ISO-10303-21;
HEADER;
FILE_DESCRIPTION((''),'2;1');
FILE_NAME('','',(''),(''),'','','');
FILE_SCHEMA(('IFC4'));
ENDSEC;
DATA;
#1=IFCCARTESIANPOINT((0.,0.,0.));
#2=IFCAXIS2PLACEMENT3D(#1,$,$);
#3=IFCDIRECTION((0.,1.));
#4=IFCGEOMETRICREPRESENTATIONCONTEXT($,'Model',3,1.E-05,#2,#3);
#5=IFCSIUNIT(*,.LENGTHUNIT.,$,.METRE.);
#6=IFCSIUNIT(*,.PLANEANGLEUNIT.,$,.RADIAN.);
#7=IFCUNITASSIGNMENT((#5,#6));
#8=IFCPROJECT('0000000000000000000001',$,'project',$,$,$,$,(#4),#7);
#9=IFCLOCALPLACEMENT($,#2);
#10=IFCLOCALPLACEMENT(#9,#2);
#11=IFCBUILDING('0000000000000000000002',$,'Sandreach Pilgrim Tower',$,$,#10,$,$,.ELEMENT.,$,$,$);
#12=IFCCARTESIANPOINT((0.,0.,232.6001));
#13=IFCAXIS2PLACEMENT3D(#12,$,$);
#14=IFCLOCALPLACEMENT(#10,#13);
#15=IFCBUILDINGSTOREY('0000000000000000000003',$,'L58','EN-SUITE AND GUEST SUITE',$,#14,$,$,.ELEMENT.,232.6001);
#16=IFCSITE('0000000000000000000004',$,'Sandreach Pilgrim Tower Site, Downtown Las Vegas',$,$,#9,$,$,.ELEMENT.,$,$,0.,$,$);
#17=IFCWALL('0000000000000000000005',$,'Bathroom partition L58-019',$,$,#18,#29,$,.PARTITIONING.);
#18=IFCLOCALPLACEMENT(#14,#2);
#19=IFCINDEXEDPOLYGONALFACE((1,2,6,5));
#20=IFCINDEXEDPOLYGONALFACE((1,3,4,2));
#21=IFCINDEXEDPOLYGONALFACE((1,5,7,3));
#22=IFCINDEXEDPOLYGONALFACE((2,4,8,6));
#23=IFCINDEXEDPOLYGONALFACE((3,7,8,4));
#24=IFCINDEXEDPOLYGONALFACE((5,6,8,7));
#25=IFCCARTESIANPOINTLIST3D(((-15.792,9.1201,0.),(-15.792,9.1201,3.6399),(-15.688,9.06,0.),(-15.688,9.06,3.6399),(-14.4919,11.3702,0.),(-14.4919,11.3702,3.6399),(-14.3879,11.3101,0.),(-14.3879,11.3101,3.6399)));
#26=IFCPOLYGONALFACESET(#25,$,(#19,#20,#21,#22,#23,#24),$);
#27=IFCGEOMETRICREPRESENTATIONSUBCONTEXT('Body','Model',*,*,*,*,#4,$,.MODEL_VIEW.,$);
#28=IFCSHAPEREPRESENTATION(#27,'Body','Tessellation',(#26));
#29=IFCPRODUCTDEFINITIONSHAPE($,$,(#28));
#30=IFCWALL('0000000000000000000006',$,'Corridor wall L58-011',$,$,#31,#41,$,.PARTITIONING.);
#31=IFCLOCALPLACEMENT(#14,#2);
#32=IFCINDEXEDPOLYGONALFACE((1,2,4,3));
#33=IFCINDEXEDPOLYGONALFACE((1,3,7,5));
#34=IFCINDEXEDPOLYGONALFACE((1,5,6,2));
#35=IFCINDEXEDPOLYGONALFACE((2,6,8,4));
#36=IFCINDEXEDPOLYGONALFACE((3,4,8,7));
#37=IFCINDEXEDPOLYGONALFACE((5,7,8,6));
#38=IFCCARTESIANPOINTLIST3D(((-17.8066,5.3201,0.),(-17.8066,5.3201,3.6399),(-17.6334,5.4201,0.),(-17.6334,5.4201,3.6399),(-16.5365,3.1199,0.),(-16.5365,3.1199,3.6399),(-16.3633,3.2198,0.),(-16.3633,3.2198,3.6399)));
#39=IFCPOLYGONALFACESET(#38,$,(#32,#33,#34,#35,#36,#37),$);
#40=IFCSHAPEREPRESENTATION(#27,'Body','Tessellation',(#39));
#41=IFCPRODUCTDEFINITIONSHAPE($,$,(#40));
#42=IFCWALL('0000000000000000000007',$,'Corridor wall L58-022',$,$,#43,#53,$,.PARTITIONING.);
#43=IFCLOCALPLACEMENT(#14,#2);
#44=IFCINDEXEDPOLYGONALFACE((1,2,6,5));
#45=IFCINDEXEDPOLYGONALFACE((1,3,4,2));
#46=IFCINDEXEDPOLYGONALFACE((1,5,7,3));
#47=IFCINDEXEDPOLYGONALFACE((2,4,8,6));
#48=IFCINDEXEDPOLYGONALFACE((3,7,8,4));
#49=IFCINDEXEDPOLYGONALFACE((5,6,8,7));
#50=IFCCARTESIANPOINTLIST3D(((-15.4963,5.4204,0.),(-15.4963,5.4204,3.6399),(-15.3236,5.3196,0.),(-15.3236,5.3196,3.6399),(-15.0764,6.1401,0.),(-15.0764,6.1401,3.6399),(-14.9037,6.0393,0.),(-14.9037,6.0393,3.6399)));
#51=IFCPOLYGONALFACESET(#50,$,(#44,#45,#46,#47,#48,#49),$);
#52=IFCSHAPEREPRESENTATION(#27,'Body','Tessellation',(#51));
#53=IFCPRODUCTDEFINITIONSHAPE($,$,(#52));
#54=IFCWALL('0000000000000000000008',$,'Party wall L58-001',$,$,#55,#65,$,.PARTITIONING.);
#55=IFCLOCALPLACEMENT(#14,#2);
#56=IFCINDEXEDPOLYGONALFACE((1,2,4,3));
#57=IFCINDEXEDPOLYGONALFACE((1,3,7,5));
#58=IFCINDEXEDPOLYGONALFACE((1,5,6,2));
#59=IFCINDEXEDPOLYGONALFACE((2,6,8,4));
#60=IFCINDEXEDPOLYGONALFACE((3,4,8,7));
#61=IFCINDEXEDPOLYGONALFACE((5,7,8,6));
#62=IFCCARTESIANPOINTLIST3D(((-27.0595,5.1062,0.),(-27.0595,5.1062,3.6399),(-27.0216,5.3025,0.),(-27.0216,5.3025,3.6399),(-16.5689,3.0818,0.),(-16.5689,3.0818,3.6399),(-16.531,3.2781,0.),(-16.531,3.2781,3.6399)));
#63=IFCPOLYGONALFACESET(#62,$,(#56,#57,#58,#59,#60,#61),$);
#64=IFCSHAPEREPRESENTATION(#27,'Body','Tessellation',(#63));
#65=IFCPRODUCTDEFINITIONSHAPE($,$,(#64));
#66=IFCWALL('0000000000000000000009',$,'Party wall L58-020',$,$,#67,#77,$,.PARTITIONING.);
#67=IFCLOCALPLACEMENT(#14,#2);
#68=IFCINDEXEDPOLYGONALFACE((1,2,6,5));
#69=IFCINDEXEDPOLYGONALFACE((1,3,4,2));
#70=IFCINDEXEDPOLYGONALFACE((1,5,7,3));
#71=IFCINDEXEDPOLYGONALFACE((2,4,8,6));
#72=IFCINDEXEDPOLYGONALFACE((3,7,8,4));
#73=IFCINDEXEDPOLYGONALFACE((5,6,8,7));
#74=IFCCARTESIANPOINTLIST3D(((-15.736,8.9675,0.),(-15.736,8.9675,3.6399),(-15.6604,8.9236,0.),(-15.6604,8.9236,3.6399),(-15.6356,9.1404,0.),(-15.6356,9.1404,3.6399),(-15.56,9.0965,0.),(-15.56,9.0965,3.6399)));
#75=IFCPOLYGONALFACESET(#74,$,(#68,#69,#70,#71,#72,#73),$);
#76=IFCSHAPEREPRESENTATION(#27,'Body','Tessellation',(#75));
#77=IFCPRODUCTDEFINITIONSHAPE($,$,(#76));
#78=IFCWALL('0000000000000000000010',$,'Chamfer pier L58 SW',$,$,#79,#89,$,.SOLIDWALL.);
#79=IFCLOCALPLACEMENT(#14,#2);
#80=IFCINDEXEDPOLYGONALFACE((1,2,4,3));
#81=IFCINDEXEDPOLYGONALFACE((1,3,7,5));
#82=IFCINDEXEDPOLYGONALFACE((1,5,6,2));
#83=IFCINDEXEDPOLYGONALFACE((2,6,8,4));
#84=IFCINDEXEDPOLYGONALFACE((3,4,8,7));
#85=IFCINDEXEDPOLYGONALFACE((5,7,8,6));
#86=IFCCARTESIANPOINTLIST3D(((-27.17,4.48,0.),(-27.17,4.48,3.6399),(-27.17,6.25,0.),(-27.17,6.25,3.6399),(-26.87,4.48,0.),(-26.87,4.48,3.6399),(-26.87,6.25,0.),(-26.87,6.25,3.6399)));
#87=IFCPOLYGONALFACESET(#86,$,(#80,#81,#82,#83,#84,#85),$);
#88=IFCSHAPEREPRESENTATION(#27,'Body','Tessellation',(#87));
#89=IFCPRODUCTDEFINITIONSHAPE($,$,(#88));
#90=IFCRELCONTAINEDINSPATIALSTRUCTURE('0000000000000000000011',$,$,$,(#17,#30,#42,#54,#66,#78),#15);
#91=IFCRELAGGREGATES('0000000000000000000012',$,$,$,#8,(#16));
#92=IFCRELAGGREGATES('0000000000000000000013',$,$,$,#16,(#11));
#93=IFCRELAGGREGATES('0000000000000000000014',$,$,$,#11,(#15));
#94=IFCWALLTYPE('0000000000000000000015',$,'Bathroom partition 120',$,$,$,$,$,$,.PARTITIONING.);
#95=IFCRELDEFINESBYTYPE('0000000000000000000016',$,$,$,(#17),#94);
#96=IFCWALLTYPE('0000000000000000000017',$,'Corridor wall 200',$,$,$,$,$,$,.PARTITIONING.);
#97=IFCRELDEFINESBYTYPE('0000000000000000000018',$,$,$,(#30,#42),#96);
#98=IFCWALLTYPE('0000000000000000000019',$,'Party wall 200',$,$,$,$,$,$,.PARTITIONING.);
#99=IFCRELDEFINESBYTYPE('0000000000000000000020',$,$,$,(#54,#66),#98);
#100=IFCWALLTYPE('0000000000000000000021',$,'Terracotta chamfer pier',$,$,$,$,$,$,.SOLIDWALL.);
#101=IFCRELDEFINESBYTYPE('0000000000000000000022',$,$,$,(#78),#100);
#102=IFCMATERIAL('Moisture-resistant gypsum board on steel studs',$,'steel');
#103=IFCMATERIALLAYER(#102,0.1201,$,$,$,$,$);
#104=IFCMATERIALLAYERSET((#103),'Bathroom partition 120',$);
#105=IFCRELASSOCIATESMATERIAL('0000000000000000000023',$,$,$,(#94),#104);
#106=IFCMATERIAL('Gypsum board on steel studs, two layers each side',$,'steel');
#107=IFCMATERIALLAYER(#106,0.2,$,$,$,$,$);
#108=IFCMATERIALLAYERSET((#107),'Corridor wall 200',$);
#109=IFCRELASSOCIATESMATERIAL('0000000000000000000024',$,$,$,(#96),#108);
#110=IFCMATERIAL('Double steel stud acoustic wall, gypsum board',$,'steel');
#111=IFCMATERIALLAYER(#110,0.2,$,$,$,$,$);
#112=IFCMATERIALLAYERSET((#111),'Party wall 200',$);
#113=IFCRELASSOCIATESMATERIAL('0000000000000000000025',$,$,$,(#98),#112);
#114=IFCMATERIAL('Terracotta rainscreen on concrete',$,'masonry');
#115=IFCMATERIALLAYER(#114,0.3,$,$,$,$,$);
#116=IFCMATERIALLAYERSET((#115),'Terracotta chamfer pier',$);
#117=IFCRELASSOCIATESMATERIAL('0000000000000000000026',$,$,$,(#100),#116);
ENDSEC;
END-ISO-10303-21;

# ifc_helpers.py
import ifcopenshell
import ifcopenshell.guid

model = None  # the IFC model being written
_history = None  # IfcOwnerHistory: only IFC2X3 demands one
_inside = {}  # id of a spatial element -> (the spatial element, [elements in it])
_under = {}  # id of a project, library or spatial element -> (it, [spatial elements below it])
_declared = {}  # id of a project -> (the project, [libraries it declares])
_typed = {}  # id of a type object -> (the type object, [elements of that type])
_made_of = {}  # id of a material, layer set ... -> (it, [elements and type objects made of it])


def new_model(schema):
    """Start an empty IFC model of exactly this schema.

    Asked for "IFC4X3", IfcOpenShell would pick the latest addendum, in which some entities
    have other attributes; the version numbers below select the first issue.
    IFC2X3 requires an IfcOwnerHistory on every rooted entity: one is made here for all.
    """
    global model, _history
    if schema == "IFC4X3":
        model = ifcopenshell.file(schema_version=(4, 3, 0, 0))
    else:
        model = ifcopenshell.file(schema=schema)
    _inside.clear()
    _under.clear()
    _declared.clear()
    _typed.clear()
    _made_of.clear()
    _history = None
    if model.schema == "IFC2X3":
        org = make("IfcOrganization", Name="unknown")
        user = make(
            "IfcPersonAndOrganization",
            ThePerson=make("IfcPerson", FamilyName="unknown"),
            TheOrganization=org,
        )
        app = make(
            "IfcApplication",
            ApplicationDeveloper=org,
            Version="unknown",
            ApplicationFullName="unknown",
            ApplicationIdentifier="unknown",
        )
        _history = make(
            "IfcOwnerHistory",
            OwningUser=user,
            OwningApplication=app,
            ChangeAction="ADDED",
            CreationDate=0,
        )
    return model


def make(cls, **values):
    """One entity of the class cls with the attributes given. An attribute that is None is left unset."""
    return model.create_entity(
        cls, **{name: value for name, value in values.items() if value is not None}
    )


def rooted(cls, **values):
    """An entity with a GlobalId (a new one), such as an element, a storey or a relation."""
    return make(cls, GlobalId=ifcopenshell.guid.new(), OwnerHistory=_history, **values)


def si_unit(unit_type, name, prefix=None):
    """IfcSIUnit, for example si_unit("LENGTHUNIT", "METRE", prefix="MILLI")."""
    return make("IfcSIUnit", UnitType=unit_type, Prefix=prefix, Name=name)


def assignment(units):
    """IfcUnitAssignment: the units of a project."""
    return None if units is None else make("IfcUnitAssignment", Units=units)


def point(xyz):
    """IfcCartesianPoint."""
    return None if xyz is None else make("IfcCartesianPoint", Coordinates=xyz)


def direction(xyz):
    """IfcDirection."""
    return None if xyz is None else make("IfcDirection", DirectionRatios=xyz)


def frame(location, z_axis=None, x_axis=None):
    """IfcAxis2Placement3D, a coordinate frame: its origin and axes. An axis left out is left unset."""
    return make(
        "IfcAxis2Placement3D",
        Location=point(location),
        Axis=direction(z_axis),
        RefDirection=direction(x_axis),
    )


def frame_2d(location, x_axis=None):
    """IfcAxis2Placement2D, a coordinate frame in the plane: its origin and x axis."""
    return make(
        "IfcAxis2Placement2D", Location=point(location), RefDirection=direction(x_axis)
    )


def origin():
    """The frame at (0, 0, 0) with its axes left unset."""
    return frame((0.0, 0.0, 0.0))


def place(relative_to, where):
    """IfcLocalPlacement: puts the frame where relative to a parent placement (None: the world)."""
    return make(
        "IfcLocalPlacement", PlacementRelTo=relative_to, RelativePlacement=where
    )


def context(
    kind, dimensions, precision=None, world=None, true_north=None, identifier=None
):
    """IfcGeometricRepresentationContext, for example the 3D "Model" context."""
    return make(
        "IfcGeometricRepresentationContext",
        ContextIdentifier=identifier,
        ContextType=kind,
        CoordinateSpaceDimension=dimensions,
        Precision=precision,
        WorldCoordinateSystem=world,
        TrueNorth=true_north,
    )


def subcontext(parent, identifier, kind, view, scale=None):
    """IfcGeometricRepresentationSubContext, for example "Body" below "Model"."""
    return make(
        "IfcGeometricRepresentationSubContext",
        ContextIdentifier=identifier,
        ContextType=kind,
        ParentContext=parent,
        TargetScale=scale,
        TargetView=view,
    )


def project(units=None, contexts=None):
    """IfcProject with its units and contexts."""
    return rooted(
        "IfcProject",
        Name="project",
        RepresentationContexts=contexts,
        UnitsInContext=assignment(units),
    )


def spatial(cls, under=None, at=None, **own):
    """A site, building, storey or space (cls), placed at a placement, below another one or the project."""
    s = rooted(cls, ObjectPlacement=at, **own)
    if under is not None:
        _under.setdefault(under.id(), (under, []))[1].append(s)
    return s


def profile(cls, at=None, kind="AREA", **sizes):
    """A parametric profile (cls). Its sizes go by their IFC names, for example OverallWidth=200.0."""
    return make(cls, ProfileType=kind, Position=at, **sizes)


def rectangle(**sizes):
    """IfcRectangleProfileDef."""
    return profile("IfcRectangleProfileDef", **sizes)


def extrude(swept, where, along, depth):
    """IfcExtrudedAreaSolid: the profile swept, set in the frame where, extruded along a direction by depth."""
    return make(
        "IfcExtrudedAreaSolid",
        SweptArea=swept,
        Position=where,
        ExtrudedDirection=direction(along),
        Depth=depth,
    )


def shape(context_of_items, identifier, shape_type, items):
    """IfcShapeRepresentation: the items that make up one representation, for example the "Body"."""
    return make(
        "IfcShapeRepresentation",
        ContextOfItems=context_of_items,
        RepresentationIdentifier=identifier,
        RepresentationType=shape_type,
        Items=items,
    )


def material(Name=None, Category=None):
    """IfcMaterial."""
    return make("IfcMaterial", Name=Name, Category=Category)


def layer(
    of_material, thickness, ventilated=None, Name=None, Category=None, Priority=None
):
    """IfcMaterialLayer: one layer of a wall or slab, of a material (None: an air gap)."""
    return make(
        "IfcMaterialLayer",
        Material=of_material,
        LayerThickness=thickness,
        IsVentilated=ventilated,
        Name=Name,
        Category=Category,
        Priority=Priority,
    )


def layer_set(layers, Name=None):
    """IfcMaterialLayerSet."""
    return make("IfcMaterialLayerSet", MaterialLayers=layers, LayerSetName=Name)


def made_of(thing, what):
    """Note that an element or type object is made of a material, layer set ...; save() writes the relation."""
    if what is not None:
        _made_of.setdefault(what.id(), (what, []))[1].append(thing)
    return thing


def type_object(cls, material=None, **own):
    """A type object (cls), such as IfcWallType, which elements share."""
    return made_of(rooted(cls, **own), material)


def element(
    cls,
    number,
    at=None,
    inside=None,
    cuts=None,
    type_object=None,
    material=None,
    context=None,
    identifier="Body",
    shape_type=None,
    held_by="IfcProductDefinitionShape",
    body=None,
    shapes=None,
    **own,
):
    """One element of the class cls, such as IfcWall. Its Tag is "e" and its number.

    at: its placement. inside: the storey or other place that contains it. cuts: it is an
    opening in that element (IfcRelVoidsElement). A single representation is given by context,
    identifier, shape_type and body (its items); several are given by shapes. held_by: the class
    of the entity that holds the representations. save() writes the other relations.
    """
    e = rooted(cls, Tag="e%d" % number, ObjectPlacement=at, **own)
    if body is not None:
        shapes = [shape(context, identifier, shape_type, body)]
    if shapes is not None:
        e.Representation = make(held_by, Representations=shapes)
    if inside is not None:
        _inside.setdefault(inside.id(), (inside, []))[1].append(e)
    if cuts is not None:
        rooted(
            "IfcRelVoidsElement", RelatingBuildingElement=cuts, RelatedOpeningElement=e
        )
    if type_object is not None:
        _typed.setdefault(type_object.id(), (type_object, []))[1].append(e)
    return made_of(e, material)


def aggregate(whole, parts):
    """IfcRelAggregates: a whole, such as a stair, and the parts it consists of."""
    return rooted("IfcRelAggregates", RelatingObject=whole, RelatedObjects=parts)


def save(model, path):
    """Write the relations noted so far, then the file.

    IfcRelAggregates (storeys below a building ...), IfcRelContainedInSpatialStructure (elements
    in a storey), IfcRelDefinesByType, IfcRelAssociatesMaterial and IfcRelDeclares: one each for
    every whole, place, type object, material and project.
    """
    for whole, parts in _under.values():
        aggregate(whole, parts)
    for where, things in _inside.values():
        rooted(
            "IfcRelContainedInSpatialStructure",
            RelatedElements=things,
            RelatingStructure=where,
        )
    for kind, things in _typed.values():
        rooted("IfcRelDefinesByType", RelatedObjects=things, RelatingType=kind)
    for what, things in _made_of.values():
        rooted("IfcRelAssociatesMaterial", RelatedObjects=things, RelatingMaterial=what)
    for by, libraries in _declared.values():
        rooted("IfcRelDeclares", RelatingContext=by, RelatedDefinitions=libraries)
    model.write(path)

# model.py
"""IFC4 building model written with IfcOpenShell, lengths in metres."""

from ifc_helpers import new_model, si_unit, direction, frame, frame_2d, origin, place, context, subcontext, project, spatial, rectangle, extrude, material, layer, layer_set, type_object, element, save


model = new_model("IFC4")

# Units and contexts
model_context = context("Model", 3, precision=1e-05, world=origin(), true_north=direction((0.0, 1.0)))
body_context = subcontext(model_context, "Body", "Model", "MODEL_VIEW")
ifc_project = project(units=[si_unit("LENGTHUNIT", "METRE"), si_unit("PLANEANGLEUNIT", "RADIAN")], contexts=[model_context])

# Site, building, storey
site_placement = place(None, origin())
site = spatial("IfcSite", under=ifc_project, at=site_placement, Name="Sandreach Pilgrim Tower Site, Downtown Las Vegas", CompositionType="ELEMENT", RefElevation=0.0)
building_placement = place(site_placement, origin())
building = spatial("IfcBuilding", under=site, at=building_placement, Name="Sandreach Pilgrim Tower", CompositionType="ELEMENT")
storey_placement = place(building_placement, frame((0.0, 0.0, 232.6001)))
storey = spatial("IfcBuildingStorey", under=building, at=storey_placement, Name="L58", Description="EN-SUITE AND GUEST SUITE", CompositionType="ELEMENT", Elevation=232.6001)

# Walls
ifc_material_1 = material(Name="Moisture-resistant gypsum board on steel studs", Category="steel")
ifc_layer_1 = layer(ifc_material_1, 0.1201)
ifc_layer_set_1 = layer_set([ifc_layer_1], Name="Bathroom partition 120")
wall_type_1 = type_object("IfcWallType", Name="Bathroom partition 120", PredefinedType="PARTITIONING", material=ifc_layer_set_1)
wall_1_placement = place(storey_placement, frame((-15.74, 9.0901, 0.0), z_axis=(0.0, 0.0, 1.0), x_axis=(0.500292, 0.865857, 0.0)))
element("IfcWall", 1, at=wall_1_placement, inside=storey, type_object=wall_type_1, Name="Bathroom partition L58-019", PredefinedType="PARTITIONING", context=body_context, shape_type="SweptSolid", body=[
    extrude(rectangle(XDim=2.5986, YDim=0.1201, at=frame_2d((1.2993, 0.0))), origin(), (0.0, 0.0, 1.0), 3.6399),
])
ifc_material_2 = material(Name="Gypsum board on steel studs, two layers each side", Category="steel")
ifc_layer_2 = layer(ifc_material_2, 0.2)
ifc_layer_set_2 = layer_set([ifc_layer_2], Name="Corridor wall 200")
wall_type_2 = type_object("IfcWallType", Name="Corridor wall 200", PredefinedType="PARTITIONING", material=ifc_layer_set_2)
wall_2_placement = place(storey_placement, frame((-17.72, 5.3701, 0.0), z_axis=(0.0, 0.0, 1.0), x_axis=(0.499922, -0.86607, 0.0)))
element("IfcWall", 2, at=wall_2_placement, inside=storey, type_object=wall_type_2, Name="Corridor wall L58-011", PredefinedType="PARTITIONING", context=body_context, shape_type="SweptSolid", body=[
    extrude(rectangle(XDim=2.5405, YDim=0.2, at=frame_2d((1.2703, 0.0))), origin(), (0.0, 0.0, 1.0), 3.6399),
])

# Walls
wall_3_placement = place(storey_placement, frame((-15.4099, 5.3701, 0.0), z_axis=(0.0, 0.0, 1.0), x_axis=(0.503944, 0.863736, 0.0)))
element("IfcWall", 3, at=wall_3_placement, inside=storey, type_object=wall_type_2, Name="Corridor wall L58-022", PredefinedType="PARTITIONING", context=body_context, shape_type="SweptSolid", body=[
    extrude(rectangle(XDim=0.8333, YDim=0.2, at=frame_2d((0.4165, 0.0))), origin(), (0.0, 0.0, 1.0), 3.6399),
])
ifc_material_3 = material(Name="Double steel stud acoustic wall, gypsum board", Category="steel")
ifc_layer_3 = layer(ifc_material_3, 0.2)
ifc_layer_set_3 = layer_set([ifc_layer_3], Name="Party wall 200")
wall_type_3 = type_object("IfcWallType", Name="Party wall 200", PredefinedType="PARTITIONING", material=ifc_layer_set_3)
wall_4_placement = place(storey_placement, frame((-27.0405, 5.2043, 0.0), z_axis=(0.0, 0.0, 1.0), x_axis=(0.981884, -0.18948, 0.0)))
element("IfcWall", 4, at=wall_4_placement, inside=storey, type_object=wall_type_3, Name="Party wall L58-001", PredefinedType="PARTITIONING", context=body_context, shape_type="SweptSolid", body=[
    extrude(rectangle(XDim=10.6841, YDim=0.2, at=frame_2d((5.342, 0.0))), origin(), (0.0, 0.0, 1.0), 3.6399),
])
wall_5_placement = place(storey_placement, frame((-15.6858, 9.054, 0.0), z_axis=(0.0, 0.0, 1.0), x_axis=(0.864789, -0.502136, 0.0)))
element("IfcWall", 5, at=wall_5_placement, inside=storey, type_object=wall_type_3, Name="Party wall L58-020", PredefinedType="PARTITIONING", context=body_context, shape_type="SweptSolid", body=[
    extrude(rectangle(XDim=0.0874, YDim=0.2, at=frame_2d((0.0437, 0.0))), origin(), (0.0, 0.0, 1.0), 3.6399),
])
ifc_material_4 = material(Name="Terracotta rainscreen on concrete", Category="masonry")
ifc_layer_4 = layer(ifc_material_4, 0.3)
ifc_layer_set_4 = layer_set([ifc_layer_4], Name="Terracotta chamfer pier")
wall_type_4 = type_object("IfcWallType", Name="Terracotta chamfer pier", PredefinedType="SOLIDWALL", material=ifc_layer_set_4)
wall_6_placement = place(storey_placement, frame((-27.02, 4.48, 0.0), z_axis=(0.0, 0.0, 1.0), x_axis=(0.0, 1.0, 0.0)))
element("IfcWall", 6, at=wall_6_placement, inside=storey, type_object=wall_type_4, Name="Chamfer pier L58 SW", PredefinedType="SOLIDWALL", context=body_context, shape_type="SweptSolid", body=[
    extrude(rectangle(XDim=1.77, YDim=0.3, at=frame_2d((0.885, 0.0))), origin(), (0.0, 0.0, 1.0), 3.6399),
])

save(model, "model.ifc")
